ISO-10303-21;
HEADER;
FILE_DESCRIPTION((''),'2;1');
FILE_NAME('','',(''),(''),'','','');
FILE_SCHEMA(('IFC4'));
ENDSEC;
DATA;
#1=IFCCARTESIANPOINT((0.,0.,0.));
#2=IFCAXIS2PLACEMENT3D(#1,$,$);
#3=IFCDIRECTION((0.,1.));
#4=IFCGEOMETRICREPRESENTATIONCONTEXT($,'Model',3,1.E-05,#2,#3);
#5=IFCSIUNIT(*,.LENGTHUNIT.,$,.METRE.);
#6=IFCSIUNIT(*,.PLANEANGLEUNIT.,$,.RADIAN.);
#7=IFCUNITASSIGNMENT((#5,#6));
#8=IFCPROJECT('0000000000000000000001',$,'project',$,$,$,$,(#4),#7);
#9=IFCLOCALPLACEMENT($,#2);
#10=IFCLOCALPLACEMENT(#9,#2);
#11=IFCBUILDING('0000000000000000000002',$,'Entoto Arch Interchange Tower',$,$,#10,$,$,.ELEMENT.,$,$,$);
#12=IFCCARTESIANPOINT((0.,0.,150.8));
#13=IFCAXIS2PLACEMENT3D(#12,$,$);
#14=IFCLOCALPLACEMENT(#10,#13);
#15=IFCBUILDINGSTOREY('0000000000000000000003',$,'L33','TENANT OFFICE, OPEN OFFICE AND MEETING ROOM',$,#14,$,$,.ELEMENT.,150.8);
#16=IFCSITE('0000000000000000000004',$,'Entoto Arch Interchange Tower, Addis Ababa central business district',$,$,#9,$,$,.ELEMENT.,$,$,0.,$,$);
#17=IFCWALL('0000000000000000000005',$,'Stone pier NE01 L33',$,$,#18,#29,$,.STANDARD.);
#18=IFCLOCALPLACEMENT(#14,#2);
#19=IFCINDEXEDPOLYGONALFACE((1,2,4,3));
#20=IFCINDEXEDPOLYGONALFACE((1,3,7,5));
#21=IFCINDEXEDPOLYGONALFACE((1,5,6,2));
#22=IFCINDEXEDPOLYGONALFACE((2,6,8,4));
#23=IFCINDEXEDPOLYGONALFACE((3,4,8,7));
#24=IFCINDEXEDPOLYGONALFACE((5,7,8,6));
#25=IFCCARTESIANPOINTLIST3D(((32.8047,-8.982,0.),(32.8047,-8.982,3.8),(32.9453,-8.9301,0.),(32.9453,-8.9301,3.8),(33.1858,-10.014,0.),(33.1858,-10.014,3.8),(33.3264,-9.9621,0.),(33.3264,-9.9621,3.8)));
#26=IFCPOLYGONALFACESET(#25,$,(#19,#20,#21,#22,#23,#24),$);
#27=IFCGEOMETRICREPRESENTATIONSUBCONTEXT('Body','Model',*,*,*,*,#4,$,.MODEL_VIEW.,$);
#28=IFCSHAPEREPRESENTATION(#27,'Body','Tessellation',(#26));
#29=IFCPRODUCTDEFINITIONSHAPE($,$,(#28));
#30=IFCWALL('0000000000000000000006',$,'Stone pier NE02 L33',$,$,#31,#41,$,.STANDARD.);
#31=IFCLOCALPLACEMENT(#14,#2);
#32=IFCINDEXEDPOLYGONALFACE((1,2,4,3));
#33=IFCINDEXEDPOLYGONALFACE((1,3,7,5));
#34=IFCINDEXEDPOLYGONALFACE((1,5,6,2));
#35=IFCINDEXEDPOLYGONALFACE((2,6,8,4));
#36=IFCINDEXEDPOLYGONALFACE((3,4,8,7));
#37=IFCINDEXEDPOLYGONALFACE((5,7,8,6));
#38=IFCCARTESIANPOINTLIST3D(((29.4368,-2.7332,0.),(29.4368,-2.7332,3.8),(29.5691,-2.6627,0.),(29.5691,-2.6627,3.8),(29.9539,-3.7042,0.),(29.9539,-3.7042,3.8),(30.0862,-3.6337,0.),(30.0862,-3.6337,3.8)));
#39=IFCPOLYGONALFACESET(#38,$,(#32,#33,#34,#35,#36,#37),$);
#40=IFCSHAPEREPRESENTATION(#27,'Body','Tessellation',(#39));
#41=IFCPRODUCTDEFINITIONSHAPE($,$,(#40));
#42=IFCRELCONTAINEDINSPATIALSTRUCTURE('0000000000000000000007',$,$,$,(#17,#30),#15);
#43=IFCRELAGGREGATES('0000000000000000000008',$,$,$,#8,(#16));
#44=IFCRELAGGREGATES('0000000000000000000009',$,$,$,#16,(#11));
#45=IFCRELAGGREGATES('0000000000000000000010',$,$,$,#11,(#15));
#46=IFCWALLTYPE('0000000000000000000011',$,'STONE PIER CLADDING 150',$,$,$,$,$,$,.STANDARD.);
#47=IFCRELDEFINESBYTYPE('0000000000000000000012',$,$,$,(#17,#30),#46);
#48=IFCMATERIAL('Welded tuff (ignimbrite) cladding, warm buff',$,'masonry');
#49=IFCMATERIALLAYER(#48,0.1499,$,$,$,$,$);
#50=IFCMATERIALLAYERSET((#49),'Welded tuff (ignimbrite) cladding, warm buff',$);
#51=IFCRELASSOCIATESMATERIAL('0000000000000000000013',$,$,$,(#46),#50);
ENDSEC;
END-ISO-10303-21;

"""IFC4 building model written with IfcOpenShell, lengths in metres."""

from ifc_helpers import new_model, si_unit, direction, frame, frame_2d, origin, place, context, subcontext, project, spatial, rectangle, extrude, material, layer, layer_set, type_object, element, save


model = new_model("IFC4")

# Units and contexts
model_context = context("Model", 3, precision=1e-05, world=origin(), true_north=direction((0.0, 1.0)))
body_context = subcontext(model_context, "Body", "Model", "MODEL_VIEW")
ifc_project = project(units=[si_unit("LENGTHUNIT", "METRE"), si_unit("PLANEANGLEUNIT", "RADIAN")], contexts=[model_context])

# Site, building, storey
site_placement = place(None, origin())
site = spatial("IfcSite", under=ifc_project, at=site_placement, Name="Entoto Arch Interchange Tower, Addis Ababa central business district", CompositionType="ELEMENT", RefElevation=0.0)
building_placement = place(site_placement, origin())
building = spatial("IfcBuilding", under=site, at=building_placement, Name="Entoto Arch Interchange Tower", CompositionType="ELEMENT")
storey_placement = place(building_placement, frame((0.0, 0.0, 150.8)))
storey = spatial("IfcBuildingStorey", under=building, at=storey_placement, Name="L33", Description="TENANT OFFICE, OPEN OFFICE AND MEETING ROOM", CompositionType="ELEMENT", Elevation=150.8)

# Shared definitions
ifc_material_1 = material(Name="Welded tuff (ignimbrite) cladding, warm buff", Category="masonry")

# Walls
ifc_layer_1 = layer(ifc_material_1, 0.1499)
ifc_layer_set_1 = layer_set([ifc_layer_1], Name="Welded tuff (ignimbrite) cladding, warm buff")
wall_type_1 = type_object("IfcWallType", Name="STONE PIER CLADDING 150", PredefinedType="STANDARD", material=ifc_layer_set_1)
for number, where, z_axis, x_axis, name in (
    (1, (33.2561, -9.988, 0.0), (0.0, 0.0, 1.0), (-0.346425, 0.938078, 0.0), "Stone pier NE01 L33"),
    (2, (30.02, -3.6689, 0.0), (0.0, 0.0, 1.0), (-0.470058, 0.882635, 0.0), "Stone pier NE02 L33"),
):
    element("IfcWall", number, at=place(storey_placement, frame(where, z_axis=z_axis, x_axis=x_axis)), inside=storey, type_object=wall_type_1, Name=name, PredefinedType="STANDARD", context=body_context, shape_type="SweptSolid", body=[
        extrude(rectangle(XDim=1.1001, YDim=0.1499, at=frame_2d((0.55, 0.0))), origin(), (0.0, 0.0, 1.0), 3.8),
    ])

save(model, "model.ifc")
